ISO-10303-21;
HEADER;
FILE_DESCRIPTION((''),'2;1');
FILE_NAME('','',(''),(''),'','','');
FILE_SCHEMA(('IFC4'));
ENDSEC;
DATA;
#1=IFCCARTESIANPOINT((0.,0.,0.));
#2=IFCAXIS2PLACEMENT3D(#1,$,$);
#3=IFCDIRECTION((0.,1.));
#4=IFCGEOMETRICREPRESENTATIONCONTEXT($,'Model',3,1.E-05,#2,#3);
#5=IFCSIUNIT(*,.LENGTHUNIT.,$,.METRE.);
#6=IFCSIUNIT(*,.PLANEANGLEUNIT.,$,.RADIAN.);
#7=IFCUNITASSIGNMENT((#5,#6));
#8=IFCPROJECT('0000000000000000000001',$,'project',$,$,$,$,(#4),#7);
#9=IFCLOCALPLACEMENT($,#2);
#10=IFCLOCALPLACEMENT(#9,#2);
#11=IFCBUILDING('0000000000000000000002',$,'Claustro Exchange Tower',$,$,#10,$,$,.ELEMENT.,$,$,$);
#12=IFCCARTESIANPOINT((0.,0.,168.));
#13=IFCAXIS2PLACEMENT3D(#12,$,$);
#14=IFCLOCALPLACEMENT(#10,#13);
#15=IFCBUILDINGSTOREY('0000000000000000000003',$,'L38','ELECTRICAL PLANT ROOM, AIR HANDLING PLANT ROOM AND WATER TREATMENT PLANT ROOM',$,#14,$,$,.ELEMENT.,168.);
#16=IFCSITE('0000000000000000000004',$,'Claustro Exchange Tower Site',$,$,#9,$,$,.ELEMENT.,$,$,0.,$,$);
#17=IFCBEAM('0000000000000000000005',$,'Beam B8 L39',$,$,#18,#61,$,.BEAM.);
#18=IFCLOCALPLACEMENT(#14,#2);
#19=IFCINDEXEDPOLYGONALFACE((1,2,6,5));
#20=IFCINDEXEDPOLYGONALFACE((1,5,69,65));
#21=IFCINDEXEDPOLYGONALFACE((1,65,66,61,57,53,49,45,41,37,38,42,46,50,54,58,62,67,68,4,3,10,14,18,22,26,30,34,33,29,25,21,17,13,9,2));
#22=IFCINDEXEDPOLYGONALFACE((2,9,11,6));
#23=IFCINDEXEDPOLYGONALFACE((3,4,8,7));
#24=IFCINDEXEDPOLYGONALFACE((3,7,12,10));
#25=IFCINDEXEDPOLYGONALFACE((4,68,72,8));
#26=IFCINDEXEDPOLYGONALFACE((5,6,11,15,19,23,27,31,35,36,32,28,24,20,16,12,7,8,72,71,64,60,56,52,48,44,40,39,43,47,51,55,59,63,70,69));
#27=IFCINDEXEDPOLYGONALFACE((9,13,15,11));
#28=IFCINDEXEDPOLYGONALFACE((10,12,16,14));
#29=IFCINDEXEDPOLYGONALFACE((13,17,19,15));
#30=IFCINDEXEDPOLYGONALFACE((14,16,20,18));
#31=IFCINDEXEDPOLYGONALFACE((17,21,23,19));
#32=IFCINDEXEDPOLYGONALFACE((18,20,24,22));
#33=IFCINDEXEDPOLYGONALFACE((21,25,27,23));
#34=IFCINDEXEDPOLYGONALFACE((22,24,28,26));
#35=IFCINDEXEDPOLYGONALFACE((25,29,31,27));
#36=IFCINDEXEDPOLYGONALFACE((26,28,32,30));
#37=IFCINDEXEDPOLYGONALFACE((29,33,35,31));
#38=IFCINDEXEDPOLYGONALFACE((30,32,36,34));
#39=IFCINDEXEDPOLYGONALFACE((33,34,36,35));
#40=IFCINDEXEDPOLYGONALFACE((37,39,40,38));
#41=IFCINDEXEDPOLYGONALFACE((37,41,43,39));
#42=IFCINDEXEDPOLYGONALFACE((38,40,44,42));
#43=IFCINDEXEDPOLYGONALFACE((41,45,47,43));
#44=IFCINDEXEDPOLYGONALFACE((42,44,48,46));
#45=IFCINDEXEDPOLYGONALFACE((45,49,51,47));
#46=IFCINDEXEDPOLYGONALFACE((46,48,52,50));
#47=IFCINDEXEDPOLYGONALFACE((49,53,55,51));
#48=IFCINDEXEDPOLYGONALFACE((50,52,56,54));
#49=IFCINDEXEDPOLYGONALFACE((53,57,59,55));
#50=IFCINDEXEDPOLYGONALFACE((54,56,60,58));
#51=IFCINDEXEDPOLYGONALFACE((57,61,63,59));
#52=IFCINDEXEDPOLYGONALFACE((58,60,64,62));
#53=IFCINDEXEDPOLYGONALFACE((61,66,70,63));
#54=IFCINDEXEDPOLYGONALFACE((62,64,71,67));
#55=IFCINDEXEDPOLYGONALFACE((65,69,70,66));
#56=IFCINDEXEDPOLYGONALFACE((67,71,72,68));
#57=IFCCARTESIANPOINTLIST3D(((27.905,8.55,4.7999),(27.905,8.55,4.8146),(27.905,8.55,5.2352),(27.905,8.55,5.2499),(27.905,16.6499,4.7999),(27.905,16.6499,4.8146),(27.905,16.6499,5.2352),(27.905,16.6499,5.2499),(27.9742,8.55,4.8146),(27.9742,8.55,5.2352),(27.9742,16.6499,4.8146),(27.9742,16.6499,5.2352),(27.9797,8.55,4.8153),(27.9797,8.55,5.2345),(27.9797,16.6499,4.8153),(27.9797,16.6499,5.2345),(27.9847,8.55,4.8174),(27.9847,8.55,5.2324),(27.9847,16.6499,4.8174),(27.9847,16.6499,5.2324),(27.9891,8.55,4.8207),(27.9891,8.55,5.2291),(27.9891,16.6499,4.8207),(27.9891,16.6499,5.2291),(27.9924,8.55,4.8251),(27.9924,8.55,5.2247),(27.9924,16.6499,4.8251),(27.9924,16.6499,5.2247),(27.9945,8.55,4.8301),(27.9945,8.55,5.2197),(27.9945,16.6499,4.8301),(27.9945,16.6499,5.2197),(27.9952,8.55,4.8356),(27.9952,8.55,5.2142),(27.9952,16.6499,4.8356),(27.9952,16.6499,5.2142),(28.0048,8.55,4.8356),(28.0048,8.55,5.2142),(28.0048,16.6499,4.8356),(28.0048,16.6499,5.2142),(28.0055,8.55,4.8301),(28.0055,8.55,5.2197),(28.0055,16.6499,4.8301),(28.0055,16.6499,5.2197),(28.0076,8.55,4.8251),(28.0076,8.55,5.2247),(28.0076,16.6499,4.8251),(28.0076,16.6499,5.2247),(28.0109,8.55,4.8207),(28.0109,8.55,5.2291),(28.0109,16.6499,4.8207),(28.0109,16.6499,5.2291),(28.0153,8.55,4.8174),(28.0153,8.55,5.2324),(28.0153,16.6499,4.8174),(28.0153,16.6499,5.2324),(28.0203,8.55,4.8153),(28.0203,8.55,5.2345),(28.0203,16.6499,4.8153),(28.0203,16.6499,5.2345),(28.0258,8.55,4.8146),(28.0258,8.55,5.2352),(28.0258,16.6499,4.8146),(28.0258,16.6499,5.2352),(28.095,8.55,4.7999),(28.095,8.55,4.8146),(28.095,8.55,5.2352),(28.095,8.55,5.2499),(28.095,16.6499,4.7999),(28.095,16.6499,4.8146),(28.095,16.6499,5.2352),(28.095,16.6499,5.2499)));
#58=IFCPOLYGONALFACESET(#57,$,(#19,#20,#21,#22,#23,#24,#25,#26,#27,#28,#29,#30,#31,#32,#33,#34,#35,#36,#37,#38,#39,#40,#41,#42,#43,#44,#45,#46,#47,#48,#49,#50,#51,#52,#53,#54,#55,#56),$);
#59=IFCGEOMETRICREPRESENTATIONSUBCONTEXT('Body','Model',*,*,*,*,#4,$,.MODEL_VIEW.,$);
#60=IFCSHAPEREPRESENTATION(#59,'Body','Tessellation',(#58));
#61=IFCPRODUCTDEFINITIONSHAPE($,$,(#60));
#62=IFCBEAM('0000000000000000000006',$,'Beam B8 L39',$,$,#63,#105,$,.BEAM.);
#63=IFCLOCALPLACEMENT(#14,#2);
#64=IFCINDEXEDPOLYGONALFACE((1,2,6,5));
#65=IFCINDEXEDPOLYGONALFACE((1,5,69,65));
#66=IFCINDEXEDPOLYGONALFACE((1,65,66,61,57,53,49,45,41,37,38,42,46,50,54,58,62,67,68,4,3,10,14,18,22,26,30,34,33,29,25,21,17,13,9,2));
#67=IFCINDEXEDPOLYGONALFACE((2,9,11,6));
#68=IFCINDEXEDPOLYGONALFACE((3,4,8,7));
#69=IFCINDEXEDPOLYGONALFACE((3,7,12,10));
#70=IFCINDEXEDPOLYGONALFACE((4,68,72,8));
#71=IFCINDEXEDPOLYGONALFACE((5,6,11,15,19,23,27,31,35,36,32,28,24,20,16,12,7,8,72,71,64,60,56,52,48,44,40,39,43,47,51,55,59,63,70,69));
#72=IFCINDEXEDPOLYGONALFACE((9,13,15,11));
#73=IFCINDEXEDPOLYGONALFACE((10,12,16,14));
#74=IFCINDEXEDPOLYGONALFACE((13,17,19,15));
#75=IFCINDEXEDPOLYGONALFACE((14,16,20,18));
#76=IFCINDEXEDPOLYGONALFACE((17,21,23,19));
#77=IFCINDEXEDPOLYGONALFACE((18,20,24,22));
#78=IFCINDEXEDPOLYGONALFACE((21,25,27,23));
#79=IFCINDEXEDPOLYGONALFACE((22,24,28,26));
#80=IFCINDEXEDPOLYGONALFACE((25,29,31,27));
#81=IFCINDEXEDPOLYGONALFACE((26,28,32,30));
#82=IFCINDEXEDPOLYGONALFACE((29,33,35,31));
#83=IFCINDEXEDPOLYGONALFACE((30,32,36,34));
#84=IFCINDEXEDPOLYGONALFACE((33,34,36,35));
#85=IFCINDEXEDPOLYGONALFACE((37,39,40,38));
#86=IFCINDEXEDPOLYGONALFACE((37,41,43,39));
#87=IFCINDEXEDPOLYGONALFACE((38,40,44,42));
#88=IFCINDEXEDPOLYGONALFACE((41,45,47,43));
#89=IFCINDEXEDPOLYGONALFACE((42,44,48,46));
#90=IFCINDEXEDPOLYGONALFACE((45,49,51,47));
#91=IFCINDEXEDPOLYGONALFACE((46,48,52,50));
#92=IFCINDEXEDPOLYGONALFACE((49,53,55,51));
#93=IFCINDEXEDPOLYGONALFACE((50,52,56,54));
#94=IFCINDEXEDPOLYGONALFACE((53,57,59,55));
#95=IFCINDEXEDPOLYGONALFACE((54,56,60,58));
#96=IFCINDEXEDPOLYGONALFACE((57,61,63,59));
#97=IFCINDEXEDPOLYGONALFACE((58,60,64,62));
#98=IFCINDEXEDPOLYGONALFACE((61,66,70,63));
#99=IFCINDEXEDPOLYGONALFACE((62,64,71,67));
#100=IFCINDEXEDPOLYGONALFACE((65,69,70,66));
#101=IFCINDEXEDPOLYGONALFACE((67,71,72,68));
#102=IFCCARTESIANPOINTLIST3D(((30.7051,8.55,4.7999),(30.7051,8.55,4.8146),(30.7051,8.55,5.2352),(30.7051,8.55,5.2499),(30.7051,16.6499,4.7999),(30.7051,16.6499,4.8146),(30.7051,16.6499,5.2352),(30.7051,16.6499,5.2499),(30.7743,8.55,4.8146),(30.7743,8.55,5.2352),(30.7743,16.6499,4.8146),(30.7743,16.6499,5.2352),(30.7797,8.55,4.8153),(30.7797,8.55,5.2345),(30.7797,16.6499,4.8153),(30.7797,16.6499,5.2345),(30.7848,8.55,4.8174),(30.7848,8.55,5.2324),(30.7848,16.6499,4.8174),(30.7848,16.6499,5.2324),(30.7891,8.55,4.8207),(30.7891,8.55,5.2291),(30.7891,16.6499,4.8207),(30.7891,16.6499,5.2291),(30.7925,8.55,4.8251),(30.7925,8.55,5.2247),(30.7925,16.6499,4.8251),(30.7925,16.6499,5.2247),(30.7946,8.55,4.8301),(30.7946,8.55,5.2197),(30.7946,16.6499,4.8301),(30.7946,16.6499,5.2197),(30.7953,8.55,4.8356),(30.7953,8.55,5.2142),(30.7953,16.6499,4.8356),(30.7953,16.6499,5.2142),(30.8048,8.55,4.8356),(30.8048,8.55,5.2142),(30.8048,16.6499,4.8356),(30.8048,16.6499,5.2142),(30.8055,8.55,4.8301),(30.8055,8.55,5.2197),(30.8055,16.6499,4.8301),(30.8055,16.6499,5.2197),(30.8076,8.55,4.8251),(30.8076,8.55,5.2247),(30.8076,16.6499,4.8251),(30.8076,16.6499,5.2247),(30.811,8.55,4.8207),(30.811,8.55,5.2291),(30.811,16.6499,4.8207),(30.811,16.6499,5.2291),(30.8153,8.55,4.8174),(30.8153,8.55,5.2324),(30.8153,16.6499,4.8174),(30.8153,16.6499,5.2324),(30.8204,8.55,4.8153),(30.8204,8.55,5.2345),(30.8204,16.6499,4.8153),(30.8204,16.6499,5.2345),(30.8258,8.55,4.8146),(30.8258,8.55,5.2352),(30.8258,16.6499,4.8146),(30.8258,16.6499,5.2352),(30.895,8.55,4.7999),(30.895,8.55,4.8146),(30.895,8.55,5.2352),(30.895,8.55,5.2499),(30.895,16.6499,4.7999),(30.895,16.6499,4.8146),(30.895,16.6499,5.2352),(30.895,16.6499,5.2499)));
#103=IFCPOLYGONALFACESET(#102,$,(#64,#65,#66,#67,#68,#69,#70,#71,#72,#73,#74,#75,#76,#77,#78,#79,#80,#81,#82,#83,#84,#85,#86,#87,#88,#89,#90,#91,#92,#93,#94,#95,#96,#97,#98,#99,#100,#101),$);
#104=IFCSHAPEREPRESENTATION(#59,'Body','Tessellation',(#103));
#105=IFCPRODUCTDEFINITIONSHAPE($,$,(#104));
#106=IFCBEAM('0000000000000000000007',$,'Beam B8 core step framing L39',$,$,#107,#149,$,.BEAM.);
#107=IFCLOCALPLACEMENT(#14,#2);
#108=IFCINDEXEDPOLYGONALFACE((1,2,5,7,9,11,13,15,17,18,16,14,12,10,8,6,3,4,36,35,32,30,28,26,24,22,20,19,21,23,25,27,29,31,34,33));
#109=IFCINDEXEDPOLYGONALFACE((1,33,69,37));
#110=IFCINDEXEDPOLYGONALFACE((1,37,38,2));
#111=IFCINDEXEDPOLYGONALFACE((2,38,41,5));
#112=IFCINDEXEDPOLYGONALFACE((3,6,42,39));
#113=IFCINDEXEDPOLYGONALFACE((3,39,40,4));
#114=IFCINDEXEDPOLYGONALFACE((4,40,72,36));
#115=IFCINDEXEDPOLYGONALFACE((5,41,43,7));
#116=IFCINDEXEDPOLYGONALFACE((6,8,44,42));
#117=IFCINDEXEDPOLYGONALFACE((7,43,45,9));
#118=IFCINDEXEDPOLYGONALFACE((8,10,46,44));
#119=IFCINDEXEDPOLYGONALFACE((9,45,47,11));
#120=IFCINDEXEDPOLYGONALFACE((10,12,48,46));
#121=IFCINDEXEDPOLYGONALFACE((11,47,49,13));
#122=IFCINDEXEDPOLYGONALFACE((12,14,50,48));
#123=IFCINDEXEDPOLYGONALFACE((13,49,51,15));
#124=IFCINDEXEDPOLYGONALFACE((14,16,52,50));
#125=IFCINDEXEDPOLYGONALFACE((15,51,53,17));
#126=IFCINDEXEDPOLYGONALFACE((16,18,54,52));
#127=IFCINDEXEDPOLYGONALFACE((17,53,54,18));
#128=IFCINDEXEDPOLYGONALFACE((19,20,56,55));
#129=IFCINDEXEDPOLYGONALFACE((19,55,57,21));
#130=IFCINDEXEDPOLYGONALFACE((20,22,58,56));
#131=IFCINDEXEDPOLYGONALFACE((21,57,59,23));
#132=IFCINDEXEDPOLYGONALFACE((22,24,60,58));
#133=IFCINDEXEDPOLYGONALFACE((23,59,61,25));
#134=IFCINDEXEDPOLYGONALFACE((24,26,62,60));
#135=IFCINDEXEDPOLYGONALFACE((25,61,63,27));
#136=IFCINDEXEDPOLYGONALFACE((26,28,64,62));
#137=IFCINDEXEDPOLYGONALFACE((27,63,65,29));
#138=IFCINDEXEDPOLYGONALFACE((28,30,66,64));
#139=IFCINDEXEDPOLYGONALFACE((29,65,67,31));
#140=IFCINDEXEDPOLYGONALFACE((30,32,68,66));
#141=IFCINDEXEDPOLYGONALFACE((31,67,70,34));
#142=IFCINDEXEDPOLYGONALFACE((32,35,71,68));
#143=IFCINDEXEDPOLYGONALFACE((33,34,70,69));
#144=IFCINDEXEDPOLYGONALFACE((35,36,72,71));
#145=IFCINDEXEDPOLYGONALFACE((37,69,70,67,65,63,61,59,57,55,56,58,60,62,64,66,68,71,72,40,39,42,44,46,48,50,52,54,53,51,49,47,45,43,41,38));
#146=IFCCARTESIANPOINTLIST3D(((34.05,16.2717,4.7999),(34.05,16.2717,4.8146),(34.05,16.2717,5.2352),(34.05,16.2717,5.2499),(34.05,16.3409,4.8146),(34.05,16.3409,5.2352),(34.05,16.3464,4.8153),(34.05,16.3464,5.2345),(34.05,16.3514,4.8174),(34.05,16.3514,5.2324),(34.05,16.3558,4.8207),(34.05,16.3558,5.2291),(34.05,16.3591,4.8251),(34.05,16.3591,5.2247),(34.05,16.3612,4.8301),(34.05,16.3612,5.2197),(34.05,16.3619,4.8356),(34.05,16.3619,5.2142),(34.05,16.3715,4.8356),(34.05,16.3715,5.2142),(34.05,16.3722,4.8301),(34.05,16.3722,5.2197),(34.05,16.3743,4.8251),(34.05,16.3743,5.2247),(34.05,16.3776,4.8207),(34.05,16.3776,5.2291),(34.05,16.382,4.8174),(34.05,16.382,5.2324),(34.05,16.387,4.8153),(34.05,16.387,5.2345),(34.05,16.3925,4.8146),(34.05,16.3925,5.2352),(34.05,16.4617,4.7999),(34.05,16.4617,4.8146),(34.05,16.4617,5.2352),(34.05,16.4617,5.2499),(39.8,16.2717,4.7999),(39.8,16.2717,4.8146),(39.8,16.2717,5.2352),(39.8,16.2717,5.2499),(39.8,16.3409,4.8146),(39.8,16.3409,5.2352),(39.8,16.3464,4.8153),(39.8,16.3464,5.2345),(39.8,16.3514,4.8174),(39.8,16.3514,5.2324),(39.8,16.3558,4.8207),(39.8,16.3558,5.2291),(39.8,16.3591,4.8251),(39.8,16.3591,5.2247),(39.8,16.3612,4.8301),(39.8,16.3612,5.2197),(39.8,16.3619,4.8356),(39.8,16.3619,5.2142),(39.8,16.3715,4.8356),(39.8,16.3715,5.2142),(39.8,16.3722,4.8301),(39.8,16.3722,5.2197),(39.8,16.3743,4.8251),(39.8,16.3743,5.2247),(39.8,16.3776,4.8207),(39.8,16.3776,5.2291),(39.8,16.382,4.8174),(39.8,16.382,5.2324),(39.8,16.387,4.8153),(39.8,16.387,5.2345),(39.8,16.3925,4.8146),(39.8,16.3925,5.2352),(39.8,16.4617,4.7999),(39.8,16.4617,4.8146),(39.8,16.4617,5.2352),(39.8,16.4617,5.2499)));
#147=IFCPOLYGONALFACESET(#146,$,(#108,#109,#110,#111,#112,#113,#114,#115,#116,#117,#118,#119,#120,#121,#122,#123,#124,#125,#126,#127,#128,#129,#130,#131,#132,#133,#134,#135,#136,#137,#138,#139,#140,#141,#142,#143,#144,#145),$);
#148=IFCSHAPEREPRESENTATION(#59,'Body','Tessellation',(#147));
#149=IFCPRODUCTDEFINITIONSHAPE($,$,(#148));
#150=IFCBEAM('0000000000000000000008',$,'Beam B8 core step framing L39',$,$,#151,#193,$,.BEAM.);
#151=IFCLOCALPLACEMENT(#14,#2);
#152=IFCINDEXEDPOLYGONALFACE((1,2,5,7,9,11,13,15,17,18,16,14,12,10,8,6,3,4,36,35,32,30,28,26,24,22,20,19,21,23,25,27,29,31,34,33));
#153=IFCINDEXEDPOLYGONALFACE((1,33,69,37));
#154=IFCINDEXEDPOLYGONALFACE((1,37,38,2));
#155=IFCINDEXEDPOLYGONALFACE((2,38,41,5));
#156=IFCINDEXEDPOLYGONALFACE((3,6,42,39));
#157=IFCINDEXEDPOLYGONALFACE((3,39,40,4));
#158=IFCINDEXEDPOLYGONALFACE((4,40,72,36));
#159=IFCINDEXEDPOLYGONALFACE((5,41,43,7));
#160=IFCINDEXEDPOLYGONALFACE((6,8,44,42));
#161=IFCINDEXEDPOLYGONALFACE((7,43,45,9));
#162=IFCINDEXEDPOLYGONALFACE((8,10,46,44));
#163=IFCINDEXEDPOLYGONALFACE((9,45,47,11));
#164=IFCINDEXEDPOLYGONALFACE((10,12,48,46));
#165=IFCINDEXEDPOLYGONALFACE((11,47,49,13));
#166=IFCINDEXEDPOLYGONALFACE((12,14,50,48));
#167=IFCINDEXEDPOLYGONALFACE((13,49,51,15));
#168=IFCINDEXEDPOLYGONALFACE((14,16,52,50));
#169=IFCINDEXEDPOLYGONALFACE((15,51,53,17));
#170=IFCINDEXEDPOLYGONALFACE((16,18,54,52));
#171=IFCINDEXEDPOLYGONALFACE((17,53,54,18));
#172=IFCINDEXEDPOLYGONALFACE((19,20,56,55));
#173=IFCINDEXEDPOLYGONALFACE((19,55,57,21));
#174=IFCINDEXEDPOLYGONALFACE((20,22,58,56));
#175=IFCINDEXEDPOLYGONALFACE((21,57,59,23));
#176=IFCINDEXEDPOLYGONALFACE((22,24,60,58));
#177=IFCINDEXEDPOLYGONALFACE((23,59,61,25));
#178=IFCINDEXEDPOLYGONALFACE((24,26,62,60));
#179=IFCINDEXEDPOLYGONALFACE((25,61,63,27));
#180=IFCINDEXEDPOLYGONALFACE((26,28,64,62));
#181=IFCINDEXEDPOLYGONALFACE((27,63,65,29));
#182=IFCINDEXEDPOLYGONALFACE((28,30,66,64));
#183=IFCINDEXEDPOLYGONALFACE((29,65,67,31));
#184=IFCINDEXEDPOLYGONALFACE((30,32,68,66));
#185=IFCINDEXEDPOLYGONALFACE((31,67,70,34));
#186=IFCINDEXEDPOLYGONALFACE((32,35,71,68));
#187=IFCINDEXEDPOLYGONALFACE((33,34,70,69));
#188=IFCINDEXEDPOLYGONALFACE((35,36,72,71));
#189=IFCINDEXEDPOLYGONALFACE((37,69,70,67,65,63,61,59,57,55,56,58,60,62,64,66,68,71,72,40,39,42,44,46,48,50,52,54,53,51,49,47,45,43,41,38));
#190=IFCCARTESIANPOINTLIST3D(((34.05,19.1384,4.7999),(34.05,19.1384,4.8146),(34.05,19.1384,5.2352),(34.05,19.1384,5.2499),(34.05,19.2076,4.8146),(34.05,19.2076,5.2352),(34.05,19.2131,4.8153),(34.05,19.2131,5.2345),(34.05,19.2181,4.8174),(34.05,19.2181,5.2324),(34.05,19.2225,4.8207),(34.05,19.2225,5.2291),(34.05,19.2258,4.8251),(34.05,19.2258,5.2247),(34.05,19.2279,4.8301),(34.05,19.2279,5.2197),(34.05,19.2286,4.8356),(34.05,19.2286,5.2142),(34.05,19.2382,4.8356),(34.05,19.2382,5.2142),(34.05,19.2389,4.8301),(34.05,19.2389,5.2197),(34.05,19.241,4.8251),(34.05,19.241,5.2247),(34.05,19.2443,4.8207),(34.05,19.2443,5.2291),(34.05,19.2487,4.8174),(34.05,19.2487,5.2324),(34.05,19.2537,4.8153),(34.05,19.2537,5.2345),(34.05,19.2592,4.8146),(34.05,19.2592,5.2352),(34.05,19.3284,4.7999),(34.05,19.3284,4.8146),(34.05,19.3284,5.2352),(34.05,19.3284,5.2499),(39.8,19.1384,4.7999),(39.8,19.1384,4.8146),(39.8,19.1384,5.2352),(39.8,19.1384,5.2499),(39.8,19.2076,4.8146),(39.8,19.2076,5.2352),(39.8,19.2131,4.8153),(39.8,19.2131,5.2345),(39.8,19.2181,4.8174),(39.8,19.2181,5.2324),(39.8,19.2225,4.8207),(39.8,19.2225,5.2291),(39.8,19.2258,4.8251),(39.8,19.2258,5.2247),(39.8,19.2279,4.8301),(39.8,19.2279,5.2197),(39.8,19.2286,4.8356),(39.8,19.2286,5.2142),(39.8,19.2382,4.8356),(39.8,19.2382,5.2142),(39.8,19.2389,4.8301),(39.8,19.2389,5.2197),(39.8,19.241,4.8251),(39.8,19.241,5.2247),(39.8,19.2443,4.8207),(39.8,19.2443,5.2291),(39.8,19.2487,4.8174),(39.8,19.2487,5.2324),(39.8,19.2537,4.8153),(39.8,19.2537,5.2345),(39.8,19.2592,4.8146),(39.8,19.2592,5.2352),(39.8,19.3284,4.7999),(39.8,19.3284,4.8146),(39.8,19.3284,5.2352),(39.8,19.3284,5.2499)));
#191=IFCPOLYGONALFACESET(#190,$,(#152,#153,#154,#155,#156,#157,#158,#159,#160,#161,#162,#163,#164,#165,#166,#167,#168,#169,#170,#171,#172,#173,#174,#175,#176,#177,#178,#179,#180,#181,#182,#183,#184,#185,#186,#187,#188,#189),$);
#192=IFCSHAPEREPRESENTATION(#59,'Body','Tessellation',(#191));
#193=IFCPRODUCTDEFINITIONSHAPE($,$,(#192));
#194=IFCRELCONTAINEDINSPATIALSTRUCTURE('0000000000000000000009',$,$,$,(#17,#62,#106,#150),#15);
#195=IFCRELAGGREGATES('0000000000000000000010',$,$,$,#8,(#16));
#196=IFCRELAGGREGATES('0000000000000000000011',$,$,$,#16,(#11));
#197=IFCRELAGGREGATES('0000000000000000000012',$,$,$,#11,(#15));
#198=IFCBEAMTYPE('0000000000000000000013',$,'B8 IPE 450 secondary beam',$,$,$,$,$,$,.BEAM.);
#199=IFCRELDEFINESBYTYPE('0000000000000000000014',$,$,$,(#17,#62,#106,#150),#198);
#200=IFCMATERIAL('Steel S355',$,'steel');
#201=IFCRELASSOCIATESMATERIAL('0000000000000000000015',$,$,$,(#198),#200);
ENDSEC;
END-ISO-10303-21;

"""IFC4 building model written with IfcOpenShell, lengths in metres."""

from ifc_helpers import new_model, si_unit, direction, frame, origin, origin_2d, place, context, subcontext, project, spatial, i_section, extrude, material, material_profile, profile_set, type_object, element, save


model = new_model("IFC4")

# Units and contexts
model_context = context("Model", 3, precision=1e-05, world=origin(), true_north=direction((0.0, 1.0)))
body_context = subcontext(model_context, "Body", "Model", "MODEL_VIEW")
ifc_project = project(units=[si_unit("LENGTHUNIT", "METRE"), si_unit("PLANEANGLEUNIT", "RADIAN")], contexts=[model_context])

# Site, building, storey
site_placement = place(None, origin())
site = spatial("IfcSite", under=ifc_project, at=site_placement, Name="Claustro Exchange Tower Site", CompositionType="ELEMENT", RefElevation=0.0)
building_placement = place(site_placement, origin())
building = spatial("IfcBuilding", under=site, at=building_placement, Name="Claustro Exchange Tower", CompositionType="ELEMENT")
storey_placement = place(building_placement, frame((0.0, 0.0, 168.0)))
storey = spatial("IfcBuildingStorey", under=building, at=storey_placement, Name="L38", Description="ELECTRICAL PLANT ROOM, AIR HANDLING PLANT ROOM AND WATER TREATMENT PLANT ROOM", CompositionType="ELEMENT", Elevation=168.0)

# Beams
ifc_material_1 = material(Name="Steel S355", Category="steel")
ifc_material_profile_1 = material_profile(ifc_material_1, i_section(OverallWidth=0.1899, OverallDepth=0.45, WebThickness=0.0095, FlangeThickness=0.0146, FilletRadius=0.021, at=origin_2d()), Name="IPE 450")
ifc_profile_set_1 = profile_set([ifc_material_profile_1], Name="Steel S355")
beam_type_1 = type_object("IfcBeamType", Name="B8 IPE 450 secondary beam", PredefinedType="BEAM", material=ifc_profile_set_1)
for number, where, z_axis, x_axis, name in (
    (1, (28.0, 8.55, 5.0249), (0.0, 1.0, 0.0), (-1.0, 0.0, 0.0), "Beam B8 L39"),
    (2, (30.8, 8.55, 5.0249), (0.0, 1.0, 0.0), (-1.0, 0.0, 0.0), "Beam B8 L39"),
):
    element("IfcBeam", number, at=place(storey_placement, frame(where, z_axis=z_axis, x_axis=x_axis)), inside=storey, type_object=beam_type_1, Name=name, PredefinedType="BEAM", context=body_context, shape_type="SweptSolid", body=[
        extrude(i_section(OverallWidth=0.1899, OverallDepth=0.45, WebThickness=0.0095, FlangeThickness=0.0146, FilletRadius=0.021, at=origin_2d()), origin(), (0.0, 0.0, 1.0), 8.0999),
    ])
for number, where, z_axis, x_axis, name in (
    (3, (34.05, 16.3667, 5.0249), (1.0, 0.0, 0.0), (0.0, 1.0, 0.0), "Beam B8 core step framing L39"),
    (4, (34.05, 19.2334, 5.0249), (1.0, 0.0, 0.0), (0.0, 1.0, 0.0), "Beam B8 core step framing L39"),
):
    element("IfcBeam", number, at=place(storey_placement, frame(where, z_axis=z_axis, x_axis=x_axis)), inside=storey, type_object=beam_type_1, Name=name, PredefinedType="BEAM", context=body_context, shape_type="SweptSolid", body=[
        extrude(i_section(OverallWidth=0.1899, OverallDepth=0.45, WebThickness=0.0095, FlangeThickness=0.0146, FilletRadius=0.021, at=origin_2d()), origin(), (0.0, 0.0, 1.0), 5.75),
    ])

save(model, "model.ifc")
